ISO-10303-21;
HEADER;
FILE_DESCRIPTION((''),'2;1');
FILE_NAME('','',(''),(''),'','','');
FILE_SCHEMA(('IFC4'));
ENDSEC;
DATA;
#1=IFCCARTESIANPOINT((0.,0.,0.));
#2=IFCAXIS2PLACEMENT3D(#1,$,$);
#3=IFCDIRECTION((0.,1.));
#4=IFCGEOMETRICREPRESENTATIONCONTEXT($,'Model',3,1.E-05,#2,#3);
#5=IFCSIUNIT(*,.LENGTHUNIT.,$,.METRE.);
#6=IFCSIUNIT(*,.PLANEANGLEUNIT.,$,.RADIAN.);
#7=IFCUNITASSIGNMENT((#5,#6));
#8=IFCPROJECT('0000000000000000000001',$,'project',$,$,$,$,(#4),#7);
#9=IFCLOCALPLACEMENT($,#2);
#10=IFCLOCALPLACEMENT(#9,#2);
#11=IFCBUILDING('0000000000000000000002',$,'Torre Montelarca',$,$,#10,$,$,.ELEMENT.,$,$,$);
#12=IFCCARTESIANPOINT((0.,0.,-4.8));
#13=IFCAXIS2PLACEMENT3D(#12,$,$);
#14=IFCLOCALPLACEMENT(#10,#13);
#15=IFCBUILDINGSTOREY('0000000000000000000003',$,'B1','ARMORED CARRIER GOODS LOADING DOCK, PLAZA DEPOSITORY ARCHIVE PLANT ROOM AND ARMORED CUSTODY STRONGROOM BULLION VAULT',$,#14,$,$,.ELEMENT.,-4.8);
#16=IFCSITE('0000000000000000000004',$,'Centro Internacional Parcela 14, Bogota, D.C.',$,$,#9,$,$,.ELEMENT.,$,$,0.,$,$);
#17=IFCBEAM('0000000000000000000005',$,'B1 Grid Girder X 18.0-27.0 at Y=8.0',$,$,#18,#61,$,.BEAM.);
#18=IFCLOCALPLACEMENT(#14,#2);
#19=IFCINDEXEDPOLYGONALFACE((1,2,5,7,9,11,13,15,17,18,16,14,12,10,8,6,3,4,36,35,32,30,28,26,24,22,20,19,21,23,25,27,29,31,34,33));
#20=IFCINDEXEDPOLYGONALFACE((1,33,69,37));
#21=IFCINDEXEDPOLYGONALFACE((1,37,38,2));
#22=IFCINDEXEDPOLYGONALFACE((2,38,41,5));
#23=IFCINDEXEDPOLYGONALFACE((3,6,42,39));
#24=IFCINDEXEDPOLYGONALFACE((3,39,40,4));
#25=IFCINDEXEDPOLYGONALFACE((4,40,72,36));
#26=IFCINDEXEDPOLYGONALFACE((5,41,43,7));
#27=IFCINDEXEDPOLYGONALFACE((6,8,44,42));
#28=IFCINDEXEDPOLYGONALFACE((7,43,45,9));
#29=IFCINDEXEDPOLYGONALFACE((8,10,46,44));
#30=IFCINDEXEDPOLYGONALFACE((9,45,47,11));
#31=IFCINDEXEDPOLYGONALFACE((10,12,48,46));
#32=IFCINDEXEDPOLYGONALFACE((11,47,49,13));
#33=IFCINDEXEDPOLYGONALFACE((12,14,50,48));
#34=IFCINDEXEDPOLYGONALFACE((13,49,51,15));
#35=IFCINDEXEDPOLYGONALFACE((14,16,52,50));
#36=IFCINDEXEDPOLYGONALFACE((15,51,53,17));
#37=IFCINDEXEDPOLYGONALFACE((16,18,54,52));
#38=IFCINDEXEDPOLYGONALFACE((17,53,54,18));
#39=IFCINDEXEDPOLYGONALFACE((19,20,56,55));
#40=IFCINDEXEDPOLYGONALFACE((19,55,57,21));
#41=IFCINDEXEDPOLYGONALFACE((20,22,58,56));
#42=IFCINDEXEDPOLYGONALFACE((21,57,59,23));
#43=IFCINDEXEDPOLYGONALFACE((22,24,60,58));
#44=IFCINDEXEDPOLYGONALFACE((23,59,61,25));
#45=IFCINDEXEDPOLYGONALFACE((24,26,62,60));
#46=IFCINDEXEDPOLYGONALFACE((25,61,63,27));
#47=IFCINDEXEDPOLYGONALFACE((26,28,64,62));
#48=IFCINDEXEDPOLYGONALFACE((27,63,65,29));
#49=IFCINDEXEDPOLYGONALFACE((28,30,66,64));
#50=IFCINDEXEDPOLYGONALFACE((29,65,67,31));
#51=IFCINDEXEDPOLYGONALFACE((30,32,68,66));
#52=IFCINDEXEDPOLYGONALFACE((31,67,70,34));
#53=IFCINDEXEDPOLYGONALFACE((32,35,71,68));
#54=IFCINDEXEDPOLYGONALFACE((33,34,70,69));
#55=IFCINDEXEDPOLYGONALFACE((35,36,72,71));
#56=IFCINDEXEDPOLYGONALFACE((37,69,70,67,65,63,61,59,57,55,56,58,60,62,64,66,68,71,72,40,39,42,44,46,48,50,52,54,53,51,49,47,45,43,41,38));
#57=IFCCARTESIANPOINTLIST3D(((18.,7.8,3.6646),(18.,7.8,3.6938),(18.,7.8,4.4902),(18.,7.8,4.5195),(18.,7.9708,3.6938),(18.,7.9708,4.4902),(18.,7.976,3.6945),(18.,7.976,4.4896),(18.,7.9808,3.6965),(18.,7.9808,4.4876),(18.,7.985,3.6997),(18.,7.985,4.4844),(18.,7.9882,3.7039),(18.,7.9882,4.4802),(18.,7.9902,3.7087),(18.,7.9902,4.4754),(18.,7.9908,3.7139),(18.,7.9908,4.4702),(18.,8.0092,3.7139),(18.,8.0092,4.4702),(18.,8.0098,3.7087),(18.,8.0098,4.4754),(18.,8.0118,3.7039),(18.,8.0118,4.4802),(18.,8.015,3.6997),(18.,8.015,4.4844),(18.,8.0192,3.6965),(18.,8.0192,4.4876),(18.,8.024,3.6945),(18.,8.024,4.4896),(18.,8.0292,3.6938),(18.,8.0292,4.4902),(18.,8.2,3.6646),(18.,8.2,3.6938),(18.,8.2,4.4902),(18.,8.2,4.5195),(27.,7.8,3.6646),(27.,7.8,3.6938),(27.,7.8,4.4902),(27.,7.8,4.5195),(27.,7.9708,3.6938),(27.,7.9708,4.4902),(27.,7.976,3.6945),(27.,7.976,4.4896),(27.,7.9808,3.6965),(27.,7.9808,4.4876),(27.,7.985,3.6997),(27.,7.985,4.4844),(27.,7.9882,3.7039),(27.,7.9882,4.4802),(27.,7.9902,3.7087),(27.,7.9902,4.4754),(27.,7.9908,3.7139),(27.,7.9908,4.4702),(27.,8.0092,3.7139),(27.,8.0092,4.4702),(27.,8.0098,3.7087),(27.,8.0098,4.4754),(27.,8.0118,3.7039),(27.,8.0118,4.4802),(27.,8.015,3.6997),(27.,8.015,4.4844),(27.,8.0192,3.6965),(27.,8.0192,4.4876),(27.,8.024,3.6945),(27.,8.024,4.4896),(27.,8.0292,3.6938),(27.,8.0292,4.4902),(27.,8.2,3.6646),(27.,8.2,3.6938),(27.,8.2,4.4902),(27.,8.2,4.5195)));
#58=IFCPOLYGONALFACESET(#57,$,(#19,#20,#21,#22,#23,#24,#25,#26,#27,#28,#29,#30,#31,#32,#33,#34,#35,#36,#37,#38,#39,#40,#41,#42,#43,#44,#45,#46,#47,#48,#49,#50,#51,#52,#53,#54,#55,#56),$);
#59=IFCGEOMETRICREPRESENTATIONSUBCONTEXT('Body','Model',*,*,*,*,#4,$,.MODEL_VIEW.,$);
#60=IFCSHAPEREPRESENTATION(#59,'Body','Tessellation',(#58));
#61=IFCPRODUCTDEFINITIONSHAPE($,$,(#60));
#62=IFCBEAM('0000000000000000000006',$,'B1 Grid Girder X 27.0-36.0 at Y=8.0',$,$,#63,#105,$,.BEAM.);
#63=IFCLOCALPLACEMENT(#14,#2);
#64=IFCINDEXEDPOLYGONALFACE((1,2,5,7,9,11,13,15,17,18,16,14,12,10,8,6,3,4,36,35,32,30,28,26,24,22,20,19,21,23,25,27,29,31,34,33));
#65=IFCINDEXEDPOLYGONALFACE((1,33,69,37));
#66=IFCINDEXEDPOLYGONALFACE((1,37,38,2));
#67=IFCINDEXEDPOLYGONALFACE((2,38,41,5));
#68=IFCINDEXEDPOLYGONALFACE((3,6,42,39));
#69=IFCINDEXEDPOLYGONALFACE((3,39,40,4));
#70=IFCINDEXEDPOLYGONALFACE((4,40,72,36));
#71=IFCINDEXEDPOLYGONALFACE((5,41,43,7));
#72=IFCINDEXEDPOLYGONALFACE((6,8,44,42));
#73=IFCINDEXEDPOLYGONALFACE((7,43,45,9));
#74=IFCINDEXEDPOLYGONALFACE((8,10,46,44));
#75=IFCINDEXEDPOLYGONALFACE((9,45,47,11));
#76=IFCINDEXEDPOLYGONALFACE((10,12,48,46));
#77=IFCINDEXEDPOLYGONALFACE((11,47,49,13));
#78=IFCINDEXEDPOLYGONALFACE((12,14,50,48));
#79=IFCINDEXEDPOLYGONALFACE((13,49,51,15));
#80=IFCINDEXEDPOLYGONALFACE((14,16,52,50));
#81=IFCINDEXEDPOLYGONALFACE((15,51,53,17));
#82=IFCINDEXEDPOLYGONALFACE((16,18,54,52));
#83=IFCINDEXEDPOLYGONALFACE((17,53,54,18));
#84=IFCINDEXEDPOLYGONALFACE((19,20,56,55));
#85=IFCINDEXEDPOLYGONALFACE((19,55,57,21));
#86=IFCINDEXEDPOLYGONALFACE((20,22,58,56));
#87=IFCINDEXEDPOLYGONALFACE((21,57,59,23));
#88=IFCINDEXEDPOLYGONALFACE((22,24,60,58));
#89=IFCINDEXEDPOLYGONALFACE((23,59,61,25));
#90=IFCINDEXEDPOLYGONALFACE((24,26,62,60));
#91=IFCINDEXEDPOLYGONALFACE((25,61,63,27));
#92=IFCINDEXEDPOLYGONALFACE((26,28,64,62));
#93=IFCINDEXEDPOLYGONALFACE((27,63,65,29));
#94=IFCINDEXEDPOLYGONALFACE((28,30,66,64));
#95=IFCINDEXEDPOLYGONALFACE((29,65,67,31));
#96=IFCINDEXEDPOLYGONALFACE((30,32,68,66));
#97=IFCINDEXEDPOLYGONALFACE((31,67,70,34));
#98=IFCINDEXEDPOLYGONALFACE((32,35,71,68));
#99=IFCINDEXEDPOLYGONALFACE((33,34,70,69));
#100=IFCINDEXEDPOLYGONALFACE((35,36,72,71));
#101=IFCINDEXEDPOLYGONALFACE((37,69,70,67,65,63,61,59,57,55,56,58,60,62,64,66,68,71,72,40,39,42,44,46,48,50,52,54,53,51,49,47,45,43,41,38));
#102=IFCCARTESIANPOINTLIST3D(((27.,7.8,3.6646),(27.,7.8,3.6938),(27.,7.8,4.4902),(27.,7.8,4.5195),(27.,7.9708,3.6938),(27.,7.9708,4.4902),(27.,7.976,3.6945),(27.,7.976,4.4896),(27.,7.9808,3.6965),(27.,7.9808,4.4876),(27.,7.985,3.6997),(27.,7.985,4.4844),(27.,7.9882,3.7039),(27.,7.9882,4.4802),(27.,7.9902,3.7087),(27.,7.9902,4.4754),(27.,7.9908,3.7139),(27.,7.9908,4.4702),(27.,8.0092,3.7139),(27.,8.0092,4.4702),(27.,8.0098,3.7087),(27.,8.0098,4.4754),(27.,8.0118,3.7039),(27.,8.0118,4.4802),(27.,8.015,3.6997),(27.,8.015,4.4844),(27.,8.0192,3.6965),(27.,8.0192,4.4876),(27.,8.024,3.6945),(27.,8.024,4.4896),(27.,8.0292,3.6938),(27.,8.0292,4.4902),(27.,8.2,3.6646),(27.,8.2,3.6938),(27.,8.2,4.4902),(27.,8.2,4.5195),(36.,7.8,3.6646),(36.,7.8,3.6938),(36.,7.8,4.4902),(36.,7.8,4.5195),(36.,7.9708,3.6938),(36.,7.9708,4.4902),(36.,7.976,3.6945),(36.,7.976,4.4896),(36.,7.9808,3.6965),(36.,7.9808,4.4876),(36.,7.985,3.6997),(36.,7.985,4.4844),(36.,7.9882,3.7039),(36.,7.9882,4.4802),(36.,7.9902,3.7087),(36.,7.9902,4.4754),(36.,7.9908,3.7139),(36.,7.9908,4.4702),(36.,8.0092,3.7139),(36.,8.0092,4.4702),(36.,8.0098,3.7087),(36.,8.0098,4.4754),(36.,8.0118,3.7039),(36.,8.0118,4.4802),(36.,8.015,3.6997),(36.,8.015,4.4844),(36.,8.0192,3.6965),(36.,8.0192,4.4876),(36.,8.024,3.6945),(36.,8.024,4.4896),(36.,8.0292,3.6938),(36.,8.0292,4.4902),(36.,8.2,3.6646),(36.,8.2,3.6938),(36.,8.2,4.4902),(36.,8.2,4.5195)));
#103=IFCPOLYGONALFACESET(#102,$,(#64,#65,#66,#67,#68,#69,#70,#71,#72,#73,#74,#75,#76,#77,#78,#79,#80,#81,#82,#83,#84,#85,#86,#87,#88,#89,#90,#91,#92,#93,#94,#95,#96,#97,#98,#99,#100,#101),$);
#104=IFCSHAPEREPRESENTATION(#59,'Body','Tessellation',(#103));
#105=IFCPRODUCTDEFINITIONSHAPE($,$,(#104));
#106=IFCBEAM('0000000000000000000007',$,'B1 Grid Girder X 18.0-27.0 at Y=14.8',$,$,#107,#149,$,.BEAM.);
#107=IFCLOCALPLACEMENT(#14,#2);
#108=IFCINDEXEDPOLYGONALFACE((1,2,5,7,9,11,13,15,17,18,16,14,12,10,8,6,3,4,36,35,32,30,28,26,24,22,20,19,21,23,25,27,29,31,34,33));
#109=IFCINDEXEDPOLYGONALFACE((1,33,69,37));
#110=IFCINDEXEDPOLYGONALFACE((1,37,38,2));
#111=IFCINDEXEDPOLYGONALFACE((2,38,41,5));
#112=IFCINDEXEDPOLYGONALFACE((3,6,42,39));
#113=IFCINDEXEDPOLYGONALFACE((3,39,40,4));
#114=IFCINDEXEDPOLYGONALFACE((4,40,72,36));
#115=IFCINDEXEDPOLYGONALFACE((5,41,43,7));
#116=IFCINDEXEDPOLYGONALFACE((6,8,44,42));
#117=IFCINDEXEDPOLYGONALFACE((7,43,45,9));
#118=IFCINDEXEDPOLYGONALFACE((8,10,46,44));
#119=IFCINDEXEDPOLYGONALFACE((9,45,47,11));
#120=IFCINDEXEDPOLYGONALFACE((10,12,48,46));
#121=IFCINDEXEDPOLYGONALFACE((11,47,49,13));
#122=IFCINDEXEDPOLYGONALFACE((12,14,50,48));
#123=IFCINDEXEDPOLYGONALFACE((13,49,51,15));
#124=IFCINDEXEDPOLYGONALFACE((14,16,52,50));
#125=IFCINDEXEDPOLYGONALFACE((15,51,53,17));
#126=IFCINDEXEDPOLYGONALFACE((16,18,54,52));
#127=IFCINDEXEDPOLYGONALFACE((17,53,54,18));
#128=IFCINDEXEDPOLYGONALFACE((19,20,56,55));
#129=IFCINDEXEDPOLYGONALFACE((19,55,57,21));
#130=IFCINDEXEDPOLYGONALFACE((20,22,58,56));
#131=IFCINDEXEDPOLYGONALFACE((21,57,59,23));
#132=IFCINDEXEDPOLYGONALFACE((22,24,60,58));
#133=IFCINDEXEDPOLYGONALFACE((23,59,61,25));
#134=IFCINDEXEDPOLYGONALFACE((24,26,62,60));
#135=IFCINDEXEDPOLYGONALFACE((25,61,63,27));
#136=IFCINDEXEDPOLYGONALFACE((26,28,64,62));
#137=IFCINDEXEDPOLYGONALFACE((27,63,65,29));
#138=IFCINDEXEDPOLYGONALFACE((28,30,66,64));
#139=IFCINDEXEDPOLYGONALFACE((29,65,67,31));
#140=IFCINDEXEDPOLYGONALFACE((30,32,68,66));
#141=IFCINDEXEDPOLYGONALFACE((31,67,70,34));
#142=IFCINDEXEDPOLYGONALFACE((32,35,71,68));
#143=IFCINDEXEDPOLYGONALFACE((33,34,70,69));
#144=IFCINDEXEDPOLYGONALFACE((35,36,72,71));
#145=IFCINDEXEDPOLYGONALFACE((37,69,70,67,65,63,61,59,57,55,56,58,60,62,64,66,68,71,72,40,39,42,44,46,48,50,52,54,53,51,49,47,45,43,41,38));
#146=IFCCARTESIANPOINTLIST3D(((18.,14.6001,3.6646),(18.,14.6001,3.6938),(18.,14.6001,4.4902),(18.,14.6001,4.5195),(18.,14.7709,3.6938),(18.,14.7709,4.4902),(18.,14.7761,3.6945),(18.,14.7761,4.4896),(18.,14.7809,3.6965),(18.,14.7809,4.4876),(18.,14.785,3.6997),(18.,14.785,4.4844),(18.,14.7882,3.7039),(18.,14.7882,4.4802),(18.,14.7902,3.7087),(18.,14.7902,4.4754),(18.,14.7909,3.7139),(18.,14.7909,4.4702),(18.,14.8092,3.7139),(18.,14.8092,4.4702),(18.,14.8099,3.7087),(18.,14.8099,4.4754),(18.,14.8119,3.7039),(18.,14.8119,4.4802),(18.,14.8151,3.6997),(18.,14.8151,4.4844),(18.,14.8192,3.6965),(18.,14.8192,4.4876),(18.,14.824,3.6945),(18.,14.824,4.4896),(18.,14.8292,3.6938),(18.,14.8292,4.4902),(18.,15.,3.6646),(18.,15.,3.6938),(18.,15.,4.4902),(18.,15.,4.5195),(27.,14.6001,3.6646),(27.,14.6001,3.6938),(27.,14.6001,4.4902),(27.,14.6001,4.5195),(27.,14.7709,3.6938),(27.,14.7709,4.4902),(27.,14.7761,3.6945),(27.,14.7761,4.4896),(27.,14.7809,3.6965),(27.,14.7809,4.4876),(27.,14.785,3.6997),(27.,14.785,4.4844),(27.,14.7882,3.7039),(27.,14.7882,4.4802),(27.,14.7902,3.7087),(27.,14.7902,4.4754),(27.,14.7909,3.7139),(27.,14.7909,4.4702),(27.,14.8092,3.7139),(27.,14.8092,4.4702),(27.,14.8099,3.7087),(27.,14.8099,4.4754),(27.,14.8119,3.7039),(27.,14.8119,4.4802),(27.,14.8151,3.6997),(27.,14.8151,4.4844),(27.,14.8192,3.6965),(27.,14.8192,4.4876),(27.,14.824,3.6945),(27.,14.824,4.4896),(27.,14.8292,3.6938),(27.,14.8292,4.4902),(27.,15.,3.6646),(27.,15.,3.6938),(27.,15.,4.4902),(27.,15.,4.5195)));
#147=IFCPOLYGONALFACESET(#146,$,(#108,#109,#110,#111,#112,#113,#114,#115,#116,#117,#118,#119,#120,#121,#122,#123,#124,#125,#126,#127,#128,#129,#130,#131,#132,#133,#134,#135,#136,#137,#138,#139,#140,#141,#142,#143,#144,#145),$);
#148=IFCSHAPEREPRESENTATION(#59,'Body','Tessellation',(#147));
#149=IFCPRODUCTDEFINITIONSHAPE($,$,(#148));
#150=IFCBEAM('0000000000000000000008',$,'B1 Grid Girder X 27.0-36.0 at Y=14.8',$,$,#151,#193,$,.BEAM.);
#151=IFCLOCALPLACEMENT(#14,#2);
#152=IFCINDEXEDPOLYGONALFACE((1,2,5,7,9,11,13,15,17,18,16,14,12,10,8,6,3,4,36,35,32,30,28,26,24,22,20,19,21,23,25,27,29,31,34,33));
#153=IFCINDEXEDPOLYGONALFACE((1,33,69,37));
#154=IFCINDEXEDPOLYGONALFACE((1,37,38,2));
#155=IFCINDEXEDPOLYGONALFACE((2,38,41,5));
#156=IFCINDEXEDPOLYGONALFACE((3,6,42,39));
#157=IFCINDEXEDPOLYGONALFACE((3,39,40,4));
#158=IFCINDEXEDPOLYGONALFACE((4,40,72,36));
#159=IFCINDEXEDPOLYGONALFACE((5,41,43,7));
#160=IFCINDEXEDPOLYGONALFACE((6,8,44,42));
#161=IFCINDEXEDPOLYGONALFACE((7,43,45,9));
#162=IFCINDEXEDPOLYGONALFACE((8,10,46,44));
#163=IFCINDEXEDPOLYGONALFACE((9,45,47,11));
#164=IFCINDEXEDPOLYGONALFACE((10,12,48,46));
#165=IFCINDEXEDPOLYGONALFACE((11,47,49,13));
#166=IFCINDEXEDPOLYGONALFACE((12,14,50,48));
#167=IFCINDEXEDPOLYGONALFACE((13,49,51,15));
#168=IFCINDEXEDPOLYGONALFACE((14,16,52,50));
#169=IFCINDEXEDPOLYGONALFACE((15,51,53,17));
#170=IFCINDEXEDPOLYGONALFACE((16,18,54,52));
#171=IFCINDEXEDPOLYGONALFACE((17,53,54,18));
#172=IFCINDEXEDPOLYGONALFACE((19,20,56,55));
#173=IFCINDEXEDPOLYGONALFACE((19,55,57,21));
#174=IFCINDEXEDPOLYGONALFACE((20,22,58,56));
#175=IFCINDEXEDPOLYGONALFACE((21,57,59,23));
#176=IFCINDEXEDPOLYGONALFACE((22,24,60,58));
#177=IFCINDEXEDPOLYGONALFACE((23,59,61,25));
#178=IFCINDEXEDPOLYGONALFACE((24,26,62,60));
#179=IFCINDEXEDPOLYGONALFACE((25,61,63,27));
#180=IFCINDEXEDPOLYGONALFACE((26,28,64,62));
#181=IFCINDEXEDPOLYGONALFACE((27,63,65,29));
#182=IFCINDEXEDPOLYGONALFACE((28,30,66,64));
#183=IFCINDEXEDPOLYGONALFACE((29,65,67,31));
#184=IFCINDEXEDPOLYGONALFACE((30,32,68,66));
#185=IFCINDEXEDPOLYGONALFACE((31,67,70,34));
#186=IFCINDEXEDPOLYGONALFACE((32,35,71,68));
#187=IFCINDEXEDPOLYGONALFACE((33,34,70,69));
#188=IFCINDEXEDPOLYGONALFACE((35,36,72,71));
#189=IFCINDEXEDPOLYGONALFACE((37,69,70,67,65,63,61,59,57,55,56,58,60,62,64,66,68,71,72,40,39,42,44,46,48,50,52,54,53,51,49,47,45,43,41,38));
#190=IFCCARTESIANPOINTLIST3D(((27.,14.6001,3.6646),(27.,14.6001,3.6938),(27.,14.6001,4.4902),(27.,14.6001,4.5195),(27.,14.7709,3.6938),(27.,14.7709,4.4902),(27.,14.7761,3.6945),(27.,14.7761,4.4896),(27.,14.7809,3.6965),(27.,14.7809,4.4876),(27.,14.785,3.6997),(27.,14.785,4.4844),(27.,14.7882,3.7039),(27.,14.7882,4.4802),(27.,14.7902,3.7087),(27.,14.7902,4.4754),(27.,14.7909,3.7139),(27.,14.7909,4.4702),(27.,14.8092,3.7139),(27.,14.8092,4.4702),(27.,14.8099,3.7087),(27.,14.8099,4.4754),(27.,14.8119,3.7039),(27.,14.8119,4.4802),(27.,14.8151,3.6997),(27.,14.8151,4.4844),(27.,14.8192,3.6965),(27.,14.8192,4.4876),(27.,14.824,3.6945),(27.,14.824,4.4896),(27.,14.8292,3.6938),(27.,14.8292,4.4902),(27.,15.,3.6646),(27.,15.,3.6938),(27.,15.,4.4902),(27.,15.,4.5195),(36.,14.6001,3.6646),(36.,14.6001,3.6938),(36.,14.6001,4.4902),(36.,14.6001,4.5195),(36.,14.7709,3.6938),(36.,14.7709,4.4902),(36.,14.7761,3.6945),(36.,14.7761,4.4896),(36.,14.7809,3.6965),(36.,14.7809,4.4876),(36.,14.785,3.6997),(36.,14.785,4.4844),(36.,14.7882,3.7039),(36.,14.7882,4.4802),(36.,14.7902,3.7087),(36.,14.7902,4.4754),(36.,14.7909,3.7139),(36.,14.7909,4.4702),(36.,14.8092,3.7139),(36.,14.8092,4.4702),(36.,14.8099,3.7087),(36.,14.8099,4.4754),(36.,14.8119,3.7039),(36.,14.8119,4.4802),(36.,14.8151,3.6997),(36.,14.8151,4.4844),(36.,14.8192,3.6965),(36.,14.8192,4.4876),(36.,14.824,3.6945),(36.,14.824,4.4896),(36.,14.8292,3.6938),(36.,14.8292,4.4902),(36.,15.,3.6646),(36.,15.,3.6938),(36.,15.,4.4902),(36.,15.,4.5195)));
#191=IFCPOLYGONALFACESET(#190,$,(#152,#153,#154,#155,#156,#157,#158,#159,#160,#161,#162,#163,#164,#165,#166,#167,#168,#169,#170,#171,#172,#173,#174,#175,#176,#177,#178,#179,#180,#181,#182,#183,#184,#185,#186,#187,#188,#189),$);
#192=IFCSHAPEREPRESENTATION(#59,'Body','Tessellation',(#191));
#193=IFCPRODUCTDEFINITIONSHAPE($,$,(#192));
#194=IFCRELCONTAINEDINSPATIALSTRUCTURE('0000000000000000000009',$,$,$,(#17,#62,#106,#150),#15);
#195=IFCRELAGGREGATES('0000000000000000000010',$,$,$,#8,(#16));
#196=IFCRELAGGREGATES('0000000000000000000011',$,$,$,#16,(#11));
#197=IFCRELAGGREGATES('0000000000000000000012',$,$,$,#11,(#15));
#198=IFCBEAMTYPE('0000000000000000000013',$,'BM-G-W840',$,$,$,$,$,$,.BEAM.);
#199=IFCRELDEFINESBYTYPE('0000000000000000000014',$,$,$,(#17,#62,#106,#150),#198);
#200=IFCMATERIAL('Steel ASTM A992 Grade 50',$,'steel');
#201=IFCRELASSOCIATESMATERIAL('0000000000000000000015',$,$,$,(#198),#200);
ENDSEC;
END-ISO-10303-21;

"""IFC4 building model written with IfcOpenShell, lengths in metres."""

from ifc_helpers import new_model, si_unit, direction, frame, origin, origin_2d, place, context, subcontext, project, spatial, i_section, extrude, source, transform, mapped, material, material_profile, profile_set, type_object, element, save


model = new_model("IFC4")

# Units and contexts
model_context = context("Model", 3, precision=1e-05, world=origin(), true_north=direction((0.0, 1.0)))
body_context = subcontext(model_context, "Body", "Model", "MODEL_VIEW")
ifc_project = project(units=[si_unit("LENGTHUNIT", "METRE"), si_unit("PLANEANGLEUNIT", "RADIAN")], contexts=[model_context])

# Site, building, storey
site_placement = place(None, origin())
site = spatial("IfcSite", under=ifc_project, at=site_placement, Name="Centro Internacional Parcela 14, Bogota, D.C.", CompositionType="ELEMENT", RefElevation=0.0)
building_placement = place(site_placement, origin())
building = spatial("IfcBuilding", under=site, at=building_placement, Name="Torre Montelarca", CompositionType="ELEMENT")
storey_placement = place(building_placement, frame((0.0, 0.0, -4.8)))
storey = spatial("IfcBuildingStorey", under=building, at=storey_placement, Name="B1", Description="ARMORED CARRIER GOODS LOADING DOCK, PLAZA DEPOSITORY ARCHIVE PLANT ROOM AND ARMORED CUSTODY STRONGROOM BULLION VAULT", CompositionType="ELEMENT", Elevation=-4.8)

# Beams
ifc_material_1 = material(Name="Steel ASTM A992 Grade 50", Category="steel")
ifc_material_profile_1 = material_profile(ifc_material_1, i_section(OverallWidth=0.3999, OverallDepth=0.855, WebThickness=0.0183, FlangeThickness=0.0293, FilletRadius=0.02, at=origin_2d()), Name="W840X299", Category="steel")
ifc_profile_set_1 = profile_set([ifc_material_profile_1], Name="Steel ASTM A992 Grade 50")
beam_type_1 = type_object("IfcBeamType", Name="BM-G-W840", PredefinedType="BEAM", material=ifc_profile_set_1)
shared_shape_1 = source(origin(), body_context, "Body", "SweptSolid", [
    extrude(i_section(OverallWidth=0.3999, OverallDepth=0.855, WebThickness=0.0183, FlangeThickness=0.0293, FilletRadius=0.02, at=origin_2d()), origin(), (0.0, 0.0, 1.0), 9.0),
])
for number, where, z_axis, x_axis, name in (
    (1, (18.0, 8.0, 4.092), (1.0, 0.0, 0.0), (0.0, 1.0, 0.0), "B1 Grid Girder X 18.0-27.0 at Y=8.0"),
    (2, (27.0, 8.0, 4.092), (1.0, 0.0, 0.0), (0.0, 1.0, 0.0), "B1 Grid Girder X 27.0-36.0 at Y=8.0"),
    (3, (18.0, 14.8, 4.092), (1.0, 0.0, 0.0), (0.0, 1.0, 0.0), "B1 Grid Girder X 18.0-27.0 at Y=14.8"),
    (4, (27.0, 14.8, 4.092), (1.0, 0.0, 0.0), (0.0, 1.0, 0.0), "B1 Grid Girder X 27.0-36.0 at Y=14.8"),
):
    element("IfcBeam", number, at=place(storey_placement, frame(where, z_axis=z_axis, x_axis=x_axis)), inside=storey, type_object=beam_type_1, Name=name, PredefinedType="BEAM", context=body_context, shape_type="MappedRepresentation", body=[
        mapped(shared_shape_1, transform((0.0, 0.0, 0.0), scale=1.0)),
    ])

save(model, "model.ifc")
